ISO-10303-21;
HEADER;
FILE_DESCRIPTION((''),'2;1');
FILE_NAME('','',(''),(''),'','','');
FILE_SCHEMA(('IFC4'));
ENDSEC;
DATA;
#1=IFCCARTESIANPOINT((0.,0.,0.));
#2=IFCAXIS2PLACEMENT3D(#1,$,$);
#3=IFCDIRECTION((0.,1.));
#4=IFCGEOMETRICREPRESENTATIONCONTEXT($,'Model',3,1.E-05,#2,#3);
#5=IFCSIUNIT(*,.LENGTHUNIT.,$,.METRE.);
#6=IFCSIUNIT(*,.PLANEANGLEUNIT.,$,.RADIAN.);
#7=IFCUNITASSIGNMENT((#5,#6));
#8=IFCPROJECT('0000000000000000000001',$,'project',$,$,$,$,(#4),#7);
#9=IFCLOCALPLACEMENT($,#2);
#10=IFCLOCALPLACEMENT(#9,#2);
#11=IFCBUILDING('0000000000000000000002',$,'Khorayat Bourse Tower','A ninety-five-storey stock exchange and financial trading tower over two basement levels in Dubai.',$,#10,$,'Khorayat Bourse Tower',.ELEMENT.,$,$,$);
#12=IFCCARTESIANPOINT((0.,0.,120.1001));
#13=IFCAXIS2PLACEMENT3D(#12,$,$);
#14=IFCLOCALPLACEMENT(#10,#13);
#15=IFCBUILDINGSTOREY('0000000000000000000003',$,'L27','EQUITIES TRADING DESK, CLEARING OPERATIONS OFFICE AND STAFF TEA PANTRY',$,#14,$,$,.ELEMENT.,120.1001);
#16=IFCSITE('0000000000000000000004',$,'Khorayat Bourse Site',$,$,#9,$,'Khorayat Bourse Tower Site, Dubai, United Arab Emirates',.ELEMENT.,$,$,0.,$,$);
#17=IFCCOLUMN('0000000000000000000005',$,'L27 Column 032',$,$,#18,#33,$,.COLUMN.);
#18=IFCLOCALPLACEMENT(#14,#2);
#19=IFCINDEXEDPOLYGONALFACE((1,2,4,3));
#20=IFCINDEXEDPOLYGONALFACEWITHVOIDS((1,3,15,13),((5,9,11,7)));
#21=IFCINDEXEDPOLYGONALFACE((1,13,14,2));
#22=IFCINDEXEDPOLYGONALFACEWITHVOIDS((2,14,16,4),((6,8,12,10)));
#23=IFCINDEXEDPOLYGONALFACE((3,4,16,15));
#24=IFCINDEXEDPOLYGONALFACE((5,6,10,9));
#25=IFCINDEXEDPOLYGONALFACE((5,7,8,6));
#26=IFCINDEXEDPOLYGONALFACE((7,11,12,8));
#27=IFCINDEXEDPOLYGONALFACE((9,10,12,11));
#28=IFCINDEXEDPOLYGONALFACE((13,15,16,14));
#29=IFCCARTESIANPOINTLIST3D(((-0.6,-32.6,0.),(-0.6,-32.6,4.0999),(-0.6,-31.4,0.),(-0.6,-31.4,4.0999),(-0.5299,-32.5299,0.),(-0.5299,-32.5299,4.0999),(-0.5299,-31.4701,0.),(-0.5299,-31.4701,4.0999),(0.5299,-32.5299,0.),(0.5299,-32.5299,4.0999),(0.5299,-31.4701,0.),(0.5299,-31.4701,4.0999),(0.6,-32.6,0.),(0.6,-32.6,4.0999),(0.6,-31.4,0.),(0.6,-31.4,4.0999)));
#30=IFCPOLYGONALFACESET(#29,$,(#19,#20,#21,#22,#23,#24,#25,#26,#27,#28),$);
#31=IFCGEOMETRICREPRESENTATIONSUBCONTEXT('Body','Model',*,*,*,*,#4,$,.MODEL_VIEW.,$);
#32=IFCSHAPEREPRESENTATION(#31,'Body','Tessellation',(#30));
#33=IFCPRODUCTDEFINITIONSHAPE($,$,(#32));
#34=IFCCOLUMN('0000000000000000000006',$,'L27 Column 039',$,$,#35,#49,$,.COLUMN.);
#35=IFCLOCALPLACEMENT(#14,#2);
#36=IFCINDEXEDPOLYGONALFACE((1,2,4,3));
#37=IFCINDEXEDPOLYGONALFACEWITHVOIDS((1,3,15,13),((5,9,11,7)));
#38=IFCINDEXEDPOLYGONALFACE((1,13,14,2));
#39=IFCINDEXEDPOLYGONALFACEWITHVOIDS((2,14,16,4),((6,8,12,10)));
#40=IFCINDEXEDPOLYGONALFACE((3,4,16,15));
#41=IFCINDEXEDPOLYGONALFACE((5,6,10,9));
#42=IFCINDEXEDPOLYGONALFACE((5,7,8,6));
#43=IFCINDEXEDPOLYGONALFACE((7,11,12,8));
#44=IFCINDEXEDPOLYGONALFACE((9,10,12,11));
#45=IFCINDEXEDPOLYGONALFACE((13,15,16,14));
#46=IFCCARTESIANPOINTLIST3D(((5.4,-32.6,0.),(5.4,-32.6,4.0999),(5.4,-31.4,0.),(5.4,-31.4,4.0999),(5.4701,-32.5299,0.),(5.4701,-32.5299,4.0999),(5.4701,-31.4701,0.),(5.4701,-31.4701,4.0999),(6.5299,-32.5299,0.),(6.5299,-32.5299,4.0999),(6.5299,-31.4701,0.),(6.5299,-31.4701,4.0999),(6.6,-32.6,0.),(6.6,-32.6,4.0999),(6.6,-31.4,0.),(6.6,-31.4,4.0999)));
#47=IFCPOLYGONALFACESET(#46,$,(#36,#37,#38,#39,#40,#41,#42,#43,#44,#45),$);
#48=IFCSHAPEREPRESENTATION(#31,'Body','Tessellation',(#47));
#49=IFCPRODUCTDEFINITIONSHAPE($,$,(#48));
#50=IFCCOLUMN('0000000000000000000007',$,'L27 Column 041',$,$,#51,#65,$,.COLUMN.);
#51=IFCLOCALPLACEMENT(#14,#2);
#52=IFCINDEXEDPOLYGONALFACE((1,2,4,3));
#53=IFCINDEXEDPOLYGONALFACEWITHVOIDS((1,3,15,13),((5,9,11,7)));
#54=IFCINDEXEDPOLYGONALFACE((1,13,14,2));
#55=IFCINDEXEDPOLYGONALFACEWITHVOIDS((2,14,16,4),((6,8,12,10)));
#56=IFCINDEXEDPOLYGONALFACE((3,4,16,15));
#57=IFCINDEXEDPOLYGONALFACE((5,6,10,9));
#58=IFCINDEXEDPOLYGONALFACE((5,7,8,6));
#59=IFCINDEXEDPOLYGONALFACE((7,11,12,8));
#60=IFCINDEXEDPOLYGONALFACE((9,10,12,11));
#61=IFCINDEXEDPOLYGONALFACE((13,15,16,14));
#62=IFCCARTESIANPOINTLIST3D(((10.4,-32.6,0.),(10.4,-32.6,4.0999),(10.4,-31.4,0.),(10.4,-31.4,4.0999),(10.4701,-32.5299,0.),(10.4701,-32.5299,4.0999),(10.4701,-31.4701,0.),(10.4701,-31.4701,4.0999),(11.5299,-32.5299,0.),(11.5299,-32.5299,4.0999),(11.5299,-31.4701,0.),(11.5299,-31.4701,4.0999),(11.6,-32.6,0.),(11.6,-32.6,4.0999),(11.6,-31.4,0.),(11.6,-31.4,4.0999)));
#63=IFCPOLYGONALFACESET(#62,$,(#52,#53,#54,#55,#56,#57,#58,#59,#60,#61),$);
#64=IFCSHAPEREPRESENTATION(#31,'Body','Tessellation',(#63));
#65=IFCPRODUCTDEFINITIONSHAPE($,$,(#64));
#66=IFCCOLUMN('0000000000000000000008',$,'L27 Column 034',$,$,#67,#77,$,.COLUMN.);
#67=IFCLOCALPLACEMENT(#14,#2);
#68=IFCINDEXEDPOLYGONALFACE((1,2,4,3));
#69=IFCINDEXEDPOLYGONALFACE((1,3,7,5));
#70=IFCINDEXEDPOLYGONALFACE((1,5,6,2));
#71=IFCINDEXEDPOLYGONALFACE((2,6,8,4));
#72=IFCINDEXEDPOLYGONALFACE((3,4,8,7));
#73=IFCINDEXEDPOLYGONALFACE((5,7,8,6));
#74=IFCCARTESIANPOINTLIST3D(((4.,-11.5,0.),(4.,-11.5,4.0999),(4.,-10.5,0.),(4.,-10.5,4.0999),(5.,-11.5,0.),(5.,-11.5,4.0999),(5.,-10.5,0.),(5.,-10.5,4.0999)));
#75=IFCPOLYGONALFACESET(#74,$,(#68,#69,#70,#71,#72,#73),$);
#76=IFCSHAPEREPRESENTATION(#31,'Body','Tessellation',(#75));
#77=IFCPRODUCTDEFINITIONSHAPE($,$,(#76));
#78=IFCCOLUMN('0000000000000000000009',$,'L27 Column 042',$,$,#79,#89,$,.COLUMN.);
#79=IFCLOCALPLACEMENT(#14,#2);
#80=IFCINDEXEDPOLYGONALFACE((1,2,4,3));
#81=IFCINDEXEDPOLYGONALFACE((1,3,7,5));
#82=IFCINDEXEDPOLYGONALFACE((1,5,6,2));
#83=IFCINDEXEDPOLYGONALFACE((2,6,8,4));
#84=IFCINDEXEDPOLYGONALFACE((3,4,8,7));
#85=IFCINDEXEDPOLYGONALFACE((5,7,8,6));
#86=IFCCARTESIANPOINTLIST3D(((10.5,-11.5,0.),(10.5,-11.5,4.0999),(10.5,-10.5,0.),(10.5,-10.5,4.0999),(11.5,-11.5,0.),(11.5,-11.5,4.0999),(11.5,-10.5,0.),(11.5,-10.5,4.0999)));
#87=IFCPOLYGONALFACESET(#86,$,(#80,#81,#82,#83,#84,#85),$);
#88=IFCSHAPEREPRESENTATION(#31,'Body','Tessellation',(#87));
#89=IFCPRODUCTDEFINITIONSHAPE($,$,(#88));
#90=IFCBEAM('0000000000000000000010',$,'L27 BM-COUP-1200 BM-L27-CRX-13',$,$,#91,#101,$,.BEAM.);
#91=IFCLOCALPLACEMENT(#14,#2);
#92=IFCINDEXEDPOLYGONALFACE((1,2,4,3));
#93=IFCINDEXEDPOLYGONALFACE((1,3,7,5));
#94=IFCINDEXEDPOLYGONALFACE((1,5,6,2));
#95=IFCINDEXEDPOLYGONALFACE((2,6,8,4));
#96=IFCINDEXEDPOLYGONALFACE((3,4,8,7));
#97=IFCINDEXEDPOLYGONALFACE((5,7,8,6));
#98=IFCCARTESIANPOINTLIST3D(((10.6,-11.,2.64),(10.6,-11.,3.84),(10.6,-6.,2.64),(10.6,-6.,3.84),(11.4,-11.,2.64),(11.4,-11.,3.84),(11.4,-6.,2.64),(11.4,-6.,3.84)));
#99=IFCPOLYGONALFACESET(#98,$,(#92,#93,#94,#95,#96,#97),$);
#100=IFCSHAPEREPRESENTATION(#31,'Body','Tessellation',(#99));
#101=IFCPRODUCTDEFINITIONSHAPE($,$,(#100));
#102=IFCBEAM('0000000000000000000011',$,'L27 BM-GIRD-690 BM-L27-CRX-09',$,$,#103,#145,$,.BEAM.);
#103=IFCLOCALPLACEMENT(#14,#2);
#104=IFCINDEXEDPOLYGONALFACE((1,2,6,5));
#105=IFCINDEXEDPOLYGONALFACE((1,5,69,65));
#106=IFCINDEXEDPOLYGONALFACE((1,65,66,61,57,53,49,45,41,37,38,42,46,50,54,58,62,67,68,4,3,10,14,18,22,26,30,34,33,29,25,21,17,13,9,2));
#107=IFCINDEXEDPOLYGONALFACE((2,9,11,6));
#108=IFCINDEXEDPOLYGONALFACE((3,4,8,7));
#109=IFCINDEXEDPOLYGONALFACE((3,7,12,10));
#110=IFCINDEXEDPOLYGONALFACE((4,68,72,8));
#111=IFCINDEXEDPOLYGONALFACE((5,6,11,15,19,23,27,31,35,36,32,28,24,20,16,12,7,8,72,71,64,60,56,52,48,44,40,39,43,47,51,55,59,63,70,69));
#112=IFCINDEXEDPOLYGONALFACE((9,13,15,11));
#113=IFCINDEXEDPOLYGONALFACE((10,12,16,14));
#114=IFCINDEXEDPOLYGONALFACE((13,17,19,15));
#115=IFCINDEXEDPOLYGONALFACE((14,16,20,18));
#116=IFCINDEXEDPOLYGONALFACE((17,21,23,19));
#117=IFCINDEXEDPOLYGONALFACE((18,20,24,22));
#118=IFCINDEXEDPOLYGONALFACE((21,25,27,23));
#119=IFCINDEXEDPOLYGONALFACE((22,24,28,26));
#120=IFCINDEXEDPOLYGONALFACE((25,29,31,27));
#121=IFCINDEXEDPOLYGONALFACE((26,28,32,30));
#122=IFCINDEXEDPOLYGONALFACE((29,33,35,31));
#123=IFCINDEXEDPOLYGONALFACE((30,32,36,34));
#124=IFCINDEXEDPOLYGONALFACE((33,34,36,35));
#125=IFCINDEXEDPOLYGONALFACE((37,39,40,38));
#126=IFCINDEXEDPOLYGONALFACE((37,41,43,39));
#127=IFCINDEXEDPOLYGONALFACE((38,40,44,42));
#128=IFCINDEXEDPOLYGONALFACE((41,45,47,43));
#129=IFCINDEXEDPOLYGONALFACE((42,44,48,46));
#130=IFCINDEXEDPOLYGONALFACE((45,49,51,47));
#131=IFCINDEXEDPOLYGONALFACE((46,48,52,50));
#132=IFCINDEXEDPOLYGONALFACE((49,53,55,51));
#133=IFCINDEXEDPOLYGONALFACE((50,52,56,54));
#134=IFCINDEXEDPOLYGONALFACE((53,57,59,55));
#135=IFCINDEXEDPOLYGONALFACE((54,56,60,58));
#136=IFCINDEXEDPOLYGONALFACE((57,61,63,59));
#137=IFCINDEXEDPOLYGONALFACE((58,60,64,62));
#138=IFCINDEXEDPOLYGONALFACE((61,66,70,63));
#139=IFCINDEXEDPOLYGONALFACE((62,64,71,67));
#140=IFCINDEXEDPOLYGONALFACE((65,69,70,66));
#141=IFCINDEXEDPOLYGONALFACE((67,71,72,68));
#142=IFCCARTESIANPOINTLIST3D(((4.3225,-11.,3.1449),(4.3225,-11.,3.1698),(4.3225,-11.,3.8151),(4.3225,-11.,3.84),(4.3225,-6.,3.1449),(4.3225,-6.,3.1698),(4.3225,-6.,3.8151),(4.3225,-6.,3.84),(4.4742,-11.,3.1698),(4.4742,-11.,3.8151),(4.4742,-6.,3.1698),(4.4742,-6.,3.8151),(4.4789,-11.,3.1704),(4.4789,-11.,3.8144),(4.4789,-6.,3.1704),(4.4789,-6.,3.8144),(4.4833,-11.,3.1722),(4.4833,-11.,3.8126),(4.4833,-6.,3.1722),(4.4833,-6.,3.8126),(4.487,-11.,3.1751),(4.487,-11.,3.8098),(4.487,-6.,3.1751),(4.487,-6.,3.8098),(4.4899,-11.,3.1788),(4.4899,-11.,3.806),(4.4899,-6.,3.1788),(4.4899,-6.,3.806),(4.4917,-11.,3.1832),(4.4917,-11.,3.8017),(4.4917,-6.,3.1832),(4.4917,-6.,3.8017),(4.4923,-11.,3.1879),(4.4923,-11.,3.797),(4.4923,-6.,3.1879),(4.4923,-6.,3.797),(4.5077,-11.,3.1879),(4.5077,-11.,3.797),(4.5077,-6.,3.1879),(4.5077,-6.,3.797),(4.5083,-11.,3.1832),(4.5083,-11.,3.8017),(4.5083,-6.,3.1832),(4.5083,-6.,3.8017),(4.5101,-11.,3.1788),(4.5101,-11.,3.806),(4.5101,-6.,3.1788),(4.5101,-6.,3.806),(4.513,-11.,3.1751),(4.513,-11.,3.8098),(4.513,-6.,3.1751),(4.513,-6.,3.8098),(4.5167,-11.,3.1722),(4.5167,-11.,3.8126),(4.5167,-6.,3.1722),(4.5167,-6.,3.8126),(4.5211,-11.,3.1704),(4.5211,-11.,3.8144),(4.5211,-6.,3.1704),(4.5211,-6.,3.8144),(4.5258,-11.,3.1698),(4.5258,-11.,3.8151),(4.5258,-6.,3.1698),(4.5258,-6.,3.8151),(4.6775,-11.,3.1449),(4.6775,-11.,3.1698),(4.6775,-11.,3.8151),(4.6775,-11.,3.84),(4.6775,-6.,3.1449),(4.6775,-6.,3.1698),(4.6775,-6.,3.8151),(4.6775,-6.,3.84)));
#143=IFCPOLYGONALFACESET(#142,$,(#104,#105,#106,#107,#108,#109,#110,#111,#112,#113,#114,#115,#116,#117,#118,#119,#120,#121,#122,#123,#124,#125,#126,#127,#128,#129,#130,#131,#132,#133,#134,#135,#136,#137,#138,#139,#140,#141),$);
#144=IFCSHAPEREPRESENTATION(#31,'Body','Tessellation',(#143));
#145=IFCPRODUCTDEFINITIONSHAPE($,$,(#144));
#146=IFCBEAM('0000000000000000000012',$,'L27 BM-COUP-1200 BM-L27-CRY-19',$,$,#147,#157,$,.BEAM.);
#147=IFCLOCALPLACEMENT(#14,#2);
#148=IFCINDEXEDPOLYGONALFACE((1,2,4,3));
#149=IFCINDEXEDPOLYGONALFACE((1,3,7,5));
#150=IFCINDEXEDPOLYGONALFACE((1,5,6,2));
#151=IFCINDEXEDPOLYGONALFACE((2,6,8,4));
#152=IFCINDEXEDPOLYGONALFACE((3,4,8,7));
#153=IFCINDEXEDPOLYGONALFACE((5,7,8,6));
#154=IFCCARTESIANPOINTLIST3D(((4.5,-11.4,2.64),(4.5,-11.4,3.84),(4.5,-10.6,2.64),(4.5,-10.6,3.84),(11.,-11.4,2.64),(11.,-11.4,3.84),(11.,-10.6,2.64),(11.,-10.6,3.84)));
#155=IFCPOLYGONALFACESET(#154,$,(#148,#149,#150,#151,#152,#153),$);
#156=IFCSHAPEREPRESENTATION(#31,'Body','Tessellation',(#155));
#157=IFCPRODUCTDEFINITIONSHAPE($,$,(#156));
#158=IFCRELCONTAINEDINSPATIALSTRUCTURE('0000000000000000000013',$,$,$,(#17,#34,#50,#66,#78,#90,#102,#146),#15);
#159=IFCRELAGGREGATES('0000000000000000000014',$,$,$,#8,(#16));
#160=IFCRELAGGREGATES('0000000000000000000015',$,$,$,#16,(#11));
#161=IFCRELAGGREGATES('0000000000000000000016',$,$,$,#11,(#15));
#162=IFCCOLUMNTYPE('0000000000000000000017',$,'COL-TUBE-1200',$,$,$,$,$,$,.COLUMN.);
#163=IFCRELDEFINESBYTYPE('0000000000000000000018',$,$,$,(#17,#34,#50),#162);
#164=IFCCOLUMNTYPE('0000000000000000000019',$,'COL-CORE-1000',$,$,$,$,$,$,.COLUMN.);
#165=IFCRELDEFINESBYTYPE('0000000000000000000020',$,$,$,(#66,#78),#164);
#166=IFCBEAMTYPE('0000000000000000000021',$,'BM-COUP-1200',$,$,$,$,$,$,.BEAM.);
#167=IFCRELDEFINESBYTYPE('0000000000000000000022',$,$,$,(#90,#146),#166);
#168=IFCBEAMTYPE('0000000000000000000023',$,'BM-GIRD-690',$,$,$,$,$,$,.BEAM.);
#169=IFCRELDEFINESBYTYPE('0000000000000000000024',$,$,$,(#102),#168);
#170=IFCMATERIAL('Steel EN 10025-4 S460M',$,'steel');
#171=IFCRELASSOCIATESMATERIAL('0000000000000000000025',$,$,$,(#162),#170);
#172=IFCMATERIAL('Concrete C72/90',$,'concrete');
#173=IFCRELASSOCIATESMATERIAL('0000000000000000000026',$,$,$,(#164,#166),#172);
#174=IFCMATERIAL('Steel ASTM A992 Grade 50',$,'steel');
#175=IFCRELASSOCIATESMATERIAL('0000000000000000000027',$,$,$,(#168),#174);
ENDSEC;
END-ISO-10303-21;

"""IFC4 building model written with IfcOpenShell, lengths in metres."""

from ifc_helpers import new_model, si_unit, direction, frame, origin, origin_2d, place, context, subcontext, project, spatial, rectangle, hollow_rectangle, i_section, extrude, source, transform, mapped, material, material_profile, profile_set, type_object, element, save


model = new_model("IFC4")

# Units and contexts
model_context = context("Model", 3, precision=1e-05, world=origin(), true_north=direction((0.0, 1.0)))
body_context = subcontext(model_context, "Body", "Model", "MODEL_VIEW")
ifc_project = project(units=[si_unit("LENGTHUNIT", "METRE"), si_unit("PLANEANGLEUNIT", "RADIAN")], contexts=[model_context])

# Site, building, storey
site_placement = place(None, origin())
site = spatial("IfcSite", under=ifc_project, at=site_placement, Name="Khorayat Bourse Site", LongName="Khorayat Bourse Tower Site, Dubai, United Arab Emirates", CompositionType="ELEMENT", RefElevation=0.0)
building_placement = place(site_placement, origin())
building = spatial("IfcBuilding", under=site, at=building_placement, Name="Khorayat Bourse Tower", Description="A ninety-five-storey stock exchange and financial trading tower over two basement levels in Dubai.", LongName="Khorayat Bourse Tower", CompositionType="ELEMENT")
storey_placement = place(building_placement, frame((0.0, 0.0, 120.1001)))
storey = spatial("IfcBuildingStorey", under=building, at=storey_placement, Name="L27", Description="EQUITIES TRADING DESK, CLEARING OPERATIONS OFFICE AND STAFF TEA PANTRY", CompositionType="ELEMENT", Elevation=120.1001)

# Columns
ifc_material_1 = material(Name="Steel EN 10025-4 S460M", Category="steel")
ifc_material_profile_1 = material_profile(ifc_material_1, hollow_rectangle(XDim=1.2, YDim=1.2, WallThickness=0.0701, at=origin_2d()), Name="BOX 1200x1200x70")
ifc_profile_set_1 = profile_set([ifc_material_profile_1], Name="Steel EN 10025-4 S460M")
column_type_1 = type_object("IfcColumnType", Name="COL-TUBE-1200", PredefinedType="COLUMN", material=ifc_profile_set_1)
shared_shape_1 = source(origin(), body_context, "Body", "SweptSolid", [
    extrude(hollow_rectangle(XDim=1.2, YDim=1.2, WallThickness=0.0701, at=origin_2d()), origin(), (0.0, 0.0, 1.0), 4.0999),
])
for number, where, z_axis, x_axis, name in (
    (1, (0.0, -32.0, 0.0), (0.0, 0.0, 1.0), (1.0, 0.0, 0.0), "L27 Column 032"),
    (2, (6.0, -32.0, 0.0), (0.0, 0.0, 1.0), (1.0, 0.0, 0.0), "L27 Column 039"),
    (3, (11.0, -32.0, 0.0), (0.0, 0.0, 1.0), (1.0, 0.0, 0.0), "L27 Column 041"),
):
    element("IfcColumn", number, at=place(storey_placement, frame(where, z_axis=z_axis, x_axis=x_axis)), inside=storey, type_object=column_type_1, Name=name, PredefinedType="COLUMN", context=body_context, shape_type="MappedRepresentation", body=[
        mapped(shared_shape_1, transform((0.0, 0.0, 0.0), scale=1.0)),
    ])
ifc_material_2 = material(Name="Concrete C72/90", Category="concrete")
ifc_material_profile_2 = material_profile(ifc_material_2, rectangle(XDim=1.0, YDim=1.0, at=origin_2d()), Name="RC 1000x1000")
ifc_profile_set_2 = profile_set([ifc_material_profile_2], Name="Concrete C72/90")
column_type_2 = type_object("IfcColumnType", Name="COL-CORE-1000", PredefinedType="COLUMN", material=ifc_profile_set_2)
shared_shape_2 = source(origin(), body_context, "Body", "SweptSolid", [
    extrude(rectangle(XDim=1.0, YDim=1.0, at=origin_2d()), origin(), (0.0, 0.0, 1.0), 4.0999),
])
for number, where, z_axis, x_axis, name in (
    (4, (4.5, -11.0, 0.0), (0.0, 0.0, 1.0), (1.0, 0.0, 0.0), "L27 Column 034"),
    (5, (11.0, -11.0, 0.0), (0.0, 0.0, 1.0), (1.0, 0.0, 0.0), "L27 Column 042"),
):
    element("IfcColumn", number, at=place(storey_placement, frame(where, z_axis=z_axis, x_axis=x_axis)), inside=storey, type_object=column_type_2, Name=name, PredefinedType="COLUMN", context=body_context, shape_type="MappedRepresentation", body=[
        mapped(shared_shape_2, transform((0.0, 0.0, 0.0), scale=1.0)),
    ])

# Beams
ifc_material_profile_3 = material_profile(ifc_material_2, rectangle(XDim=0.8, YDim=1.2, at=origin_2d()), Name="RC 800x1200")
ifc_profile_set_3 = profile_set([ifc_material_profile_3], Name="Concrete C72/90")
beam_type_1 = type_object("IfcBeamType", Name="BM-COUP-1200", PredefinedType="BEAM", material=ifc_profile_set_3)
shared_shape_3 = source(origin(), body_context, "Body", "SweptSolid", [
    extrude(rectangle(XDim=0.8, YDim=1.2, at=origin_2d()), origin(), (0.0, 0.0, 1.0), 5.0),
])
beam_1_placement = place(storey_placement, frame((11.0, -11.0, 3.24), z_axis=(0.0, 1.0, 0.0), x_axis=(-1.0, 0.0, 0.0)))
element("IfcBeam", 6, at=beam_1_placement, inside=storey, type_object=beam_type_1, Name="L27 BM-COUP-1200 BM-L27-CRX-13", PredefinedType="BEAM", context=body_context, shape_type="MappedRepresentation", body=[
    mapped(shared_shape_3, transform((0.0, 0.0, 0.0), scale=1.0)),
])
ifc_material_3 = material(Name="Steel ASTM A992 Grade 50", Category="steel")
ifc_material_profile_4 = material_profile(ifc_material_3, i_section(OverallWidth=0.355, OverallDepth=0.6951, WebThickness=0.0154, FlangeThickness=0.0249, FilletRadius=0.0181, at=origin_2d()), Name="W690X217")
ifc_profile_set_4 = profile_set([ifc_material_profile_4], Name="Steel ASTM A992 Grade 50")
beam_type_2 = type_object("IfcBeamType", Name="BM-GIRD-690", PredefinedType="BEAM", material=ifc_profile_set_4)
shared_shape_4 = source(origin(), body_context, "Body", "SweptSolid", [
    extrude(i_section(OverallWidth=0.355, OverallDepth=0.6951, WebThickness=0.0154, FlangeThickness=0.0249, FilletRadius=0.0181, at=origin_2d()), origin(), (0.0, 0.0, 1.0), 5.0),
])
beam_2_placement = place(storey_placement, frame((4.5, -11.0, 3.4924), z_axis=(0.0, 1.0, 0.0), x_axis=(-1.0, 0.0, 0.0)))
element("IfcBeam", 7, at=beam_2_placement, inside=storey, type_object=beam_type_2, Name="L27 BM-GIRD-690 BM-L27-CRX-09", PredefinedType="BEAM", context=body_context, shape_type="MappedRepresentation", body=[
    mapped(shared_shape_4, transform((0.0, 0.0, 0.0), scale=1.0)),
])
shared_shape_5 = source(origin(), body_context, "Body", "SweptSolid", [
    extrude(rectangle(XDim=0.8, YDim=1.2, at=origin_2d()), origin(), (0.0, 0.0, 1.0), 6.5),
])
beam_3_placement = place(storey_placement, frame((4.5, -11.0, 3.24), z_axis=(1.0, 0.0, 0.0), x_axis=(0.0, 1.0, 0.0)))
element("IfcBeam", 8, at=beam_3_placement, inside=storey, type_object=beam_type_1, Name="L27 BM-COUP-1200 BM-L27-CRY-19", PredefinedType="BEAM", context=body_context, shape_type="MappedRepresentation", body=[
    mapped(shared_shape_5, transform((0.0, 0.0, 0.0), scale=1.0)),
])

save(model, "model.ifc")
